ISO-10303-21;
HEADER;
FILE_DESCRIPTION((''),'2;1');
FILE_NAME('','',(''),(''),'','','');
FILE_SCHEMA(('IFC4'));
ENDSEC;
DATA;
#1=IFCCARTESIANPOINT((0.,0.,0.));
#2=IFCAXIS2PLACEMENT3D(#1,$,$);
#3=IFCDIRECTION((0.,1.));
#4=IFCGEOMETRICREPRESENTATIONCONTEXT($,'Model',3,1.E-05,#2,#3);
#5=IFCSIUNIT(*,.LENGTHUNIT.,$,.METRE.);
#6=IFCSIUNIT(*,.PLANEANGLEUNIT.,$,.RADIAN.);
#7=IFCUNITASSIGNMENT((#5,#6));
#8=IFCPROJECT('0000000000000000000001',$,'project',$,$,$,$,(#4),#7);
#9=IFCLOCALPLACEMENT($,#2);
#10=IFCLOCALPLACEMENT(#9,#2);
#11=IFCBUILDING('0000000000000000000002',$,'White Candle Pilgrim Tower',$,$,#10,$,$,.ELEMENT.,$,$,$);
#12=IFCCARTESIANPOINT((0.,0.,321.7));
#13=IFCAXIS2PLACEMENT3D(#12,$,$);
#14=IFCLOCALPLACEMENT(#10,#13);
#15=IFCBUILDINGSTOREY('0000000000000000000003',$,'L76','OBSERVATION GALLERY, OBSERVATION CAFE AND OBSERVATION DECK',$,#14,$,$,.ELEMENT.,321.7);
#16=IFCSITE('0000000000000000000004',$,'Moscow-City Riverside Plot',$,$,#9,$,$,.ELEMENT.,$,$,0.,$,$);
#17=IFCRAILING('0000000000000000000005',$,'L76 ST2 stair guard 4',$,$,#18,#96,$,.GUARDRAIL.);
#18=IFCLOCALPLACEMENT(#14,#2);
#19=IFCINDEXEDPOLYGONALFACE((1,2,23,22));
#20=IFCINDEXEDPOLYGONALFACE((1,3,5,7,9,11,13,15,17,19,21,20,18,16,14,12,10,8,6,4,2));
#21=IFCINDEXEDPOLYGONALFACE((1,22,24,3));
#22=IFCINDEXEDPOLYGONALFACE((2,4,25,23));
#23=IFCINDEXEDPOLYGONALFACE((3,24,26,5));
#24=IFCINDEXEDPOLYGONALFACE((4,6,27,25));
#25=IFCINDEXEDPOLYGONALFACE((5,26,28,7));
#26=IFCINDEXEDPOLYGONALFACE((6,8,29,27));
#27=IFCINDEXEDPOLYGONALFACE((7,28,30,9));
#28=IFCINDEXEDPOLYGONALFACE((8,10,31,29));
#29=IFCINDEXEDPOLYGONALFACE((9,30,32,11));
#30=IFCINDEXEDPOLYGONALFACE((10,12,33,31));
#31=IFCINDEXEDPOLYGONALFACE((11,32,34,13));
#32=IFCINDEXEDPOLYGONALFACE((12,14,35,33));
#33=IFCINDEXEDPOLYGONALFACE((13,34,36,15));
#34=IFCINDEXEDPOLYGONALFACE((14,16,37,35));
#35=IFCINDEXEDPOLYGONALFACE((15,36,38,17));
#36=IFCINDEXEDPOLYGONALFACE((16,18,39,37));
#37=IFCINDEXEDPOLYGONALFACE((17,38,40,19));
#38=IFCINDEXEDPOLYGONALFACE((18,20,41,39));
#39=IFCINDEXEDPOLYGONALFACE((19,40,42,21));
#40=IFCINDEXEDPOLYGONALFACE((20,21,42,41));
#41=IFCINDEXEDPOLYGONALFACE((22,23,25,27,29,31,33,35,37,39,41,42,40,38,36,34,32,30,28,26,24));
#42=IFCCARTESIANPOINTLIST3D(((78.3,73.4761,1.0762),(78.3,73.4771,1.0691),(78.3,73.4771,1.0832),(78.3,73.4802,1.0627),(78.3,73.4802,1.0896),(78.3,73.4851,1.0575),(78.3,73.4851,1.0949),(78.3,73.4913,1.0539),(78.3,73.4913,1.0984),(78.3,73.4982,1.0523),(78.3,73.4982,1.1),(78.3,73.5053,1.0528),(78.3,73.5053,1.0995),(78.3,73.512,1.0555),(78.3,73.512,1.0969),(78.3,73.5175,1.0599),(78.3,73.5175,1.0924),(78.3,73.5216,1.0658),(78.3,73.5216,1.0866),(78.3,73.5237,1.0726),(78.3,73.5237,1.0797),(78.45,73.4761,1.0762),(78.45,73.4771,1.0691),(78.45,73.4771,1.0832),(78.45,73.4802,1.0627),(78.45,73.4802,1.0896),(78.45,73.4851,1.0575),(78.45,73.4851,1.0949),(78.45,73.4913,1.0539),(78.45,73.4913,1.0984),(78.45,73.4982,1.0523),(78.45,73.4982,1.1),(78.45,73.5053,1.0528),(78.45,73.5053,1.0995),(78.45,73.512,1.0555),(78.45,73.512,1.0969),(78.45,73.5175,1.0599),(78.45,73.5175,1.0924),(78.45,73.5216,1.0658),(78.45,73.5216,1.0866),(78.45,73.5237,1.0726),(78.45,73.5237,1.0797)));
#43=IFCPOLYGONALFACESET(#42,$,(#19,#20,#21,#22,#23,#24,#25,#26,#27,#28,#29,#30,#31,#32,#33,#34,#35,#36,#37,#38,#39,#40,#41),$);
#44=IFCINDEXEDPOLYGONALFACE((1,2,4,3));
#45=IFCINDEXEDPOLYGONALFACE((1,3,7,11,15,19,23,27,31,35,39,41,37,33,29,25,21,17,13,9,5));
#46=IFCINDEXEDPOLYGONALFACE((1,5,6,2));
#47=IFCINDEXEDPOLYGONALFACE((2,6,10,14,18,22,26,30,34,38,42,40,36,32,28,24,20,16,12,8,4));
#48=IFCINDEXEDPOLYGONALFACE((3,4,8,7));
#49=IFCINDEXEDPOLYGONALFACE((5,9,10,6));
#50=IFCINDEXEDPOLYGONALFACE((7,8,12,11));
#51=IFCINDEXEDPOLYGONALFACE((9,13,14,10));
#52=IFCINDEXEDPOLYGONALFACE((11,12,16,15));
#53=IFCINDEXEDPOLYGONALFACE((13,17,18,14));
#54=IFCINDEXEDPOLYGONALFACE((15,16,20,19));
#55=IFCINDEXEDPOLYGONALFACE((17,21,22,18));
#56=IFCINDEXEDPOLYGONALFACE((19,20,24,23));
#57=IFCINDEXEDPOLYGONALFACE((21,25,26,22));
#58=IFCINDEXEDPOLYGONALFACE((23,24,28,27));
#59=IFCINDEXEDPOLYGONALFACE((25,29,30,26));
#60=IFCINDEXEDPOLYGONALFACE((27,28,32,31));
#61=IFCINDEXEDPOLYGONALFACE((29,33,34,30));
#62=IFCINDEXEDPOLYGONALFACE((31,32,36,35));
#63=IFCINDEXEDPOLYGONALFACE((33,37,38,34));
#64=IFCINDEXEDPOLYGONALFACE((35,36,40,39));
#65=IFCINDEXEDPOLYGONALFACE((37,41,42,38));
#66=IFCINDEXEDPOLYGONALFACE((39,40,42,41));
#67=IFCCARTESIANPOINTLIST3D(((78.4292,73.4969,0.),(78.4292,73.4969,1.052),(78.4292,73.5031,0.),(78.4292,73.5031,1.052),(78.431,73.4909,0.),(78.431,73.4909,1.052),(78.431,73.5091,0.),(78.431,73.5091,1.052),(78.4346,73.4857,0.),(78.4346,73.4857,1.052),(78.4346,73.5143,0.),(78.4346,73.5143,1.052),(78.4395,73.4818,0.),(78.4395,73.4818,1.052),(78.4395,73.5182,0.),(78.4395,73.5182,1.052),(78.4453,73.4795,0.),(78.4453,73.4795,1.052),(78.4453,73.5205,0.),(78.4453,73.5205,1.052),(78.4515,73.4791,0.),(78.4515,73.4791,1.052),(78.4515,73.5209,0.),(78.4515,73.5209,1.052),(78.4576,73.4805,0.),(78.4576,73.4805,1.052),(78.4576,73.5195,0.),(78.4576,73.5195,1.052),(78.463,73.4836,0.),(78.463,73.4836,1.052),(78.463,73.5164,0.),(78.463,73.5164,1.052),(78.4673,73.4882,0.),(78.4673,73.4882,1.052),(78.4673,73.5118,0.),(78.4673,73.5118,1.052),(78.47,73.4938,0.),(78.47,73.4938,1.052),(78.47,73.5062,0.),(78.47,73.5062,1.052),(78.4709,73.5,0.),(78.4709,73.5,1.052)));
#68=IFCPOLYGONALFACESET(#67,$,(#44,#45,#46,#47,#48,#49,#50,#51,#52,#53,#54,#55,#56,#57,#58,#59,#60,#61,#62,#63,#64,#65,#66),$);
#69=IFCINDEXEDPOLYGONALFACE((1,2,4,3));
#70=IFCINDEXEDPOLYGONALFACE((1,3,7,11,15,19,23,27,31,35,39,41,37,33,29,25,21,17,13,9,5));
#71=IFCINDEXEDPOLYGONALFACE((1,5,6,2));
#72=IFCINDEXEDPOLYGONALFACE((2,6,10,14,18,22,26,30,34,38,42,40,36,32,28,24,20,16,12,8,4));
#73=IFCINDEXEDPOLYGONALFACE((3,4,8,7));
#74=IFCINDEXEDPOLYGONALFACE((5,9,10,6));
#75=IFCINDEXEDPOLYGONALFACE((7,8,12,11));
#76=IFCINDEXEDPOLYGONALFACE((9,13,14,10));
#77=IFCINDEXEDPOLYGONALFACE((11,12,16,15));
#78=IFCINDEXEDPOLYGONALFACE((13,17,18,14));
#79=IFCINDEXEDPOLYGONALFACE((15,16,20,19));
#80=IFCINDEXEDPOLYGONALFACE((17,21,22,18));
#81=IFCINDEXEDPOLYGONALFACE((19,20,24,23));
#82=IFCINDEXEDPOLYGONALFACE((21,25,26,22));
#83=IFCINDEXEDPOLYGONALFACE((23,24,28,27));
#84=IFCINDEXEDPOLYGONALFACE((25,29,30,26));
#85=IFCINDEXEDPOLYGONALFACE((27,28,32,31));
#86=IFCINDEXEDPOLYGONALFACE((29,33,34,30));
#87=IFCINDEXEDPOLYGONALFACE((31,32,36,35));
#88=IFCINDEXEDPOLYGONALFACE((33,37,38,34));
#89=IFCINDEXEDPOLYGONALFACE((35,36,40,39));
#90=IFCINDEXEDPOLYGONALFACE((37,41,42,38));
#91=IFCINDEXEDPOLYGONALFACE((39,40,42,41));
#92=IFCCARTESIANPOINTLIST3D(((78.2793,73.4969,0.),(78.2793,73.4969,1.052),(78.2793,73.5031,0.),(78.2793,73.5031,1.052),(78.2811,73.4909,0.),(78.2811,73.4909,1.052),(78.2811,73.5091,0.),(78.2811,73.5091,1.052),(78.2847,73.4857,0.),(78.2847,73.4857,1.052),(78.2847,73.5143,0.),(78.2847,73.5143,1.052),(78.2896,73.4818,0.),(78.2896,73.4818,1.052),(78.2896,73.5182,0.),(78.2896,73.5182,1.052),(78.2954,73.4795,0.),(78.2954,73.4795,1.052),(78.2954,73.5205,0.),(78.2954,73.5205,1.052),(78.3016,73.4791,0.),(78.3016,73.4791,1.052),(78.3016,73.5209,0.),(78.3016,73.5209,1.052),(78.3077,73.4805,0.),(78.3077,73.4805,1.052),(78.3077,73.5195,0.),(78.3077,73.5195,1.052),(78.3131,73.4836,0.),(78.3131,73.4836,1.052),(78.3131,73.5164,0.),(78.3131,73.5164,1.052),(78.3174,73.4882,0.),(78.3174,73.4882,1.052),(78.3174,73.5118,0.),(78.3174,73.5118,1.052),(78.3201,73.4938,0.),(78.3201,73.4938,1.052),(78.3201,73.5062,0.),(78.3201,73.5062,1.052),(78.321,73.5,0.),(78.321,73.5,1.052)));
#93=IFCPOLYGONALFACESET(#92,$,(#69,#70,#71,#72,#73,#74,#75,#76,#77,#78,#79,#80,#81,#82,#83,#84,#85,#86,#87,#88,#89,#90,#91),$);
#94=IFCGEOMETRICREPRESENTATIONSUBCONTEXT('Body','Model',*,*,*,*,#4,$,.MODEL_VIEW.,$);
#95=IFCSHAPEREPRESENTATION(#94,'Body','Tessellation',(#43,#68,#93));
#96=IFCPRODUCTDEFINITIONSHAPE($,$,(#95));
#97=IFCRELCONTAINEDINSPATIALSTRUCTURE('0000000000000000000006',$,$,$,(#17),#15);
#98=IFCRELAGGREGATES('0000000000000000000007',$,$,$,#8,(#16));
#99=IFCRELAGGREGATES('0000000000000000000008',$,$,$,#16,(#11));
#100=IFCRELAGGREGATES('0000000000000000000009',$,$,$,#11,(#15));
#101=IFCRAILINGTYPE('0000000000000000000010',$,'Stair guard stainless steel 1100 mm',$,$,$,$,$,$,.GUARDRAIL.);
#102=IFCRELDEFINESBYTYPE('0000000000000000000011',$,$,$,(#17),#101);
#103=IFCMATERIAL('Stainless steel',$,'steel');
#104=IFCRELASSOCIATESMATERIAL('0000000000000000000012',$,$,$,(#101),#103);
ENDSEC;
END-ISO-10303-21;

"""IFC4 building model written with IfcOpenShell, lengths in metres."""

from ifc_helpers import new_model, si_unit, direction, frame, origin, origin_2d, place, context, subcontext, project, spatial, circle, extrude, material, type_object, element, save


model = new_model("IFC4")

# Units and contexts
model_context = context("Model", 3, precision=1e-05, world=origin(), true_north=direction((0.0, 1.0)))
body_context = subcontext(model_context, "Body", "Model", "MODEL_VIEW")
ifc_project = project(units=[si_unit("LENGTHUNIT", "METRE"), si_unit("PLANEANGLEUNIT", "RADIAN")], contexts=[model_context])

# Site, building, storey
site_placement = place(None, origin())
site = spatial("IfcSite", under=ifc_project, at=site_placement, Name="Moscow-City Riverside Plot", CompositionType="ELEMENT", RefElevation=0.0)
building_placement = place(site_placement, origin())
building = spatial("IfcBuilding", under=site, at=building_placement, Name="White Candle Pilgrim Tower", CompositionType="ELEMENT")
storey_placement = place(building_placement, frame((0.0, 0.0, 321.7)))
storey = spatial("IfcBuildingStorey", under=building, at=storey_placement, Name="L76", Description="OBSERVATION GALLERY, OBSERVATION CAFE AND OBSERVATION DECK", CompositionType="ELEMENT", Elevation=321.7)

# Railing
ifc_material_1 = material(Name="Stainless steel", Category="steel")
railing_type_1 = type_object("IfcRailingType", Name="Stair guard stainless steel 1100 mm", PredefinedType="GUARDRAIL", material=ifc_material_1)
railing_1_placement = place(storey_placement, frame((78.45, 73.5, 0.0)))
element("IfcRailing", 1, at=railing_1_placement, inside=storey, type_object=railing_type_1, Name="L76 ST2 stair guard 4", PredefinedType="GUARDRAIL", context=body_context, shape_type="SweptSolid", body=[
    extrude(circle(Radius=0.0239, at=origin_2d()), frame((0.0, 0.0, 1.0762), z_axis=(-1.0, 0.0, 0.0), x_axis=(0.0, -1.0, 0.0)), (0.0, 0.0, 1.0), 0.1499),
    extrude(circle(Radius=0.021, at=origin_2d()), origin(), (0.0, 0.0, 1.0), 1.052),
    extrude(circle(Radius=0.021, at=origin_2d()), frame((-0.1499, 0.0, 0.0)), (0.0, 0.0, 1.0), 1.052),
])

save(model, "model.ifc")
